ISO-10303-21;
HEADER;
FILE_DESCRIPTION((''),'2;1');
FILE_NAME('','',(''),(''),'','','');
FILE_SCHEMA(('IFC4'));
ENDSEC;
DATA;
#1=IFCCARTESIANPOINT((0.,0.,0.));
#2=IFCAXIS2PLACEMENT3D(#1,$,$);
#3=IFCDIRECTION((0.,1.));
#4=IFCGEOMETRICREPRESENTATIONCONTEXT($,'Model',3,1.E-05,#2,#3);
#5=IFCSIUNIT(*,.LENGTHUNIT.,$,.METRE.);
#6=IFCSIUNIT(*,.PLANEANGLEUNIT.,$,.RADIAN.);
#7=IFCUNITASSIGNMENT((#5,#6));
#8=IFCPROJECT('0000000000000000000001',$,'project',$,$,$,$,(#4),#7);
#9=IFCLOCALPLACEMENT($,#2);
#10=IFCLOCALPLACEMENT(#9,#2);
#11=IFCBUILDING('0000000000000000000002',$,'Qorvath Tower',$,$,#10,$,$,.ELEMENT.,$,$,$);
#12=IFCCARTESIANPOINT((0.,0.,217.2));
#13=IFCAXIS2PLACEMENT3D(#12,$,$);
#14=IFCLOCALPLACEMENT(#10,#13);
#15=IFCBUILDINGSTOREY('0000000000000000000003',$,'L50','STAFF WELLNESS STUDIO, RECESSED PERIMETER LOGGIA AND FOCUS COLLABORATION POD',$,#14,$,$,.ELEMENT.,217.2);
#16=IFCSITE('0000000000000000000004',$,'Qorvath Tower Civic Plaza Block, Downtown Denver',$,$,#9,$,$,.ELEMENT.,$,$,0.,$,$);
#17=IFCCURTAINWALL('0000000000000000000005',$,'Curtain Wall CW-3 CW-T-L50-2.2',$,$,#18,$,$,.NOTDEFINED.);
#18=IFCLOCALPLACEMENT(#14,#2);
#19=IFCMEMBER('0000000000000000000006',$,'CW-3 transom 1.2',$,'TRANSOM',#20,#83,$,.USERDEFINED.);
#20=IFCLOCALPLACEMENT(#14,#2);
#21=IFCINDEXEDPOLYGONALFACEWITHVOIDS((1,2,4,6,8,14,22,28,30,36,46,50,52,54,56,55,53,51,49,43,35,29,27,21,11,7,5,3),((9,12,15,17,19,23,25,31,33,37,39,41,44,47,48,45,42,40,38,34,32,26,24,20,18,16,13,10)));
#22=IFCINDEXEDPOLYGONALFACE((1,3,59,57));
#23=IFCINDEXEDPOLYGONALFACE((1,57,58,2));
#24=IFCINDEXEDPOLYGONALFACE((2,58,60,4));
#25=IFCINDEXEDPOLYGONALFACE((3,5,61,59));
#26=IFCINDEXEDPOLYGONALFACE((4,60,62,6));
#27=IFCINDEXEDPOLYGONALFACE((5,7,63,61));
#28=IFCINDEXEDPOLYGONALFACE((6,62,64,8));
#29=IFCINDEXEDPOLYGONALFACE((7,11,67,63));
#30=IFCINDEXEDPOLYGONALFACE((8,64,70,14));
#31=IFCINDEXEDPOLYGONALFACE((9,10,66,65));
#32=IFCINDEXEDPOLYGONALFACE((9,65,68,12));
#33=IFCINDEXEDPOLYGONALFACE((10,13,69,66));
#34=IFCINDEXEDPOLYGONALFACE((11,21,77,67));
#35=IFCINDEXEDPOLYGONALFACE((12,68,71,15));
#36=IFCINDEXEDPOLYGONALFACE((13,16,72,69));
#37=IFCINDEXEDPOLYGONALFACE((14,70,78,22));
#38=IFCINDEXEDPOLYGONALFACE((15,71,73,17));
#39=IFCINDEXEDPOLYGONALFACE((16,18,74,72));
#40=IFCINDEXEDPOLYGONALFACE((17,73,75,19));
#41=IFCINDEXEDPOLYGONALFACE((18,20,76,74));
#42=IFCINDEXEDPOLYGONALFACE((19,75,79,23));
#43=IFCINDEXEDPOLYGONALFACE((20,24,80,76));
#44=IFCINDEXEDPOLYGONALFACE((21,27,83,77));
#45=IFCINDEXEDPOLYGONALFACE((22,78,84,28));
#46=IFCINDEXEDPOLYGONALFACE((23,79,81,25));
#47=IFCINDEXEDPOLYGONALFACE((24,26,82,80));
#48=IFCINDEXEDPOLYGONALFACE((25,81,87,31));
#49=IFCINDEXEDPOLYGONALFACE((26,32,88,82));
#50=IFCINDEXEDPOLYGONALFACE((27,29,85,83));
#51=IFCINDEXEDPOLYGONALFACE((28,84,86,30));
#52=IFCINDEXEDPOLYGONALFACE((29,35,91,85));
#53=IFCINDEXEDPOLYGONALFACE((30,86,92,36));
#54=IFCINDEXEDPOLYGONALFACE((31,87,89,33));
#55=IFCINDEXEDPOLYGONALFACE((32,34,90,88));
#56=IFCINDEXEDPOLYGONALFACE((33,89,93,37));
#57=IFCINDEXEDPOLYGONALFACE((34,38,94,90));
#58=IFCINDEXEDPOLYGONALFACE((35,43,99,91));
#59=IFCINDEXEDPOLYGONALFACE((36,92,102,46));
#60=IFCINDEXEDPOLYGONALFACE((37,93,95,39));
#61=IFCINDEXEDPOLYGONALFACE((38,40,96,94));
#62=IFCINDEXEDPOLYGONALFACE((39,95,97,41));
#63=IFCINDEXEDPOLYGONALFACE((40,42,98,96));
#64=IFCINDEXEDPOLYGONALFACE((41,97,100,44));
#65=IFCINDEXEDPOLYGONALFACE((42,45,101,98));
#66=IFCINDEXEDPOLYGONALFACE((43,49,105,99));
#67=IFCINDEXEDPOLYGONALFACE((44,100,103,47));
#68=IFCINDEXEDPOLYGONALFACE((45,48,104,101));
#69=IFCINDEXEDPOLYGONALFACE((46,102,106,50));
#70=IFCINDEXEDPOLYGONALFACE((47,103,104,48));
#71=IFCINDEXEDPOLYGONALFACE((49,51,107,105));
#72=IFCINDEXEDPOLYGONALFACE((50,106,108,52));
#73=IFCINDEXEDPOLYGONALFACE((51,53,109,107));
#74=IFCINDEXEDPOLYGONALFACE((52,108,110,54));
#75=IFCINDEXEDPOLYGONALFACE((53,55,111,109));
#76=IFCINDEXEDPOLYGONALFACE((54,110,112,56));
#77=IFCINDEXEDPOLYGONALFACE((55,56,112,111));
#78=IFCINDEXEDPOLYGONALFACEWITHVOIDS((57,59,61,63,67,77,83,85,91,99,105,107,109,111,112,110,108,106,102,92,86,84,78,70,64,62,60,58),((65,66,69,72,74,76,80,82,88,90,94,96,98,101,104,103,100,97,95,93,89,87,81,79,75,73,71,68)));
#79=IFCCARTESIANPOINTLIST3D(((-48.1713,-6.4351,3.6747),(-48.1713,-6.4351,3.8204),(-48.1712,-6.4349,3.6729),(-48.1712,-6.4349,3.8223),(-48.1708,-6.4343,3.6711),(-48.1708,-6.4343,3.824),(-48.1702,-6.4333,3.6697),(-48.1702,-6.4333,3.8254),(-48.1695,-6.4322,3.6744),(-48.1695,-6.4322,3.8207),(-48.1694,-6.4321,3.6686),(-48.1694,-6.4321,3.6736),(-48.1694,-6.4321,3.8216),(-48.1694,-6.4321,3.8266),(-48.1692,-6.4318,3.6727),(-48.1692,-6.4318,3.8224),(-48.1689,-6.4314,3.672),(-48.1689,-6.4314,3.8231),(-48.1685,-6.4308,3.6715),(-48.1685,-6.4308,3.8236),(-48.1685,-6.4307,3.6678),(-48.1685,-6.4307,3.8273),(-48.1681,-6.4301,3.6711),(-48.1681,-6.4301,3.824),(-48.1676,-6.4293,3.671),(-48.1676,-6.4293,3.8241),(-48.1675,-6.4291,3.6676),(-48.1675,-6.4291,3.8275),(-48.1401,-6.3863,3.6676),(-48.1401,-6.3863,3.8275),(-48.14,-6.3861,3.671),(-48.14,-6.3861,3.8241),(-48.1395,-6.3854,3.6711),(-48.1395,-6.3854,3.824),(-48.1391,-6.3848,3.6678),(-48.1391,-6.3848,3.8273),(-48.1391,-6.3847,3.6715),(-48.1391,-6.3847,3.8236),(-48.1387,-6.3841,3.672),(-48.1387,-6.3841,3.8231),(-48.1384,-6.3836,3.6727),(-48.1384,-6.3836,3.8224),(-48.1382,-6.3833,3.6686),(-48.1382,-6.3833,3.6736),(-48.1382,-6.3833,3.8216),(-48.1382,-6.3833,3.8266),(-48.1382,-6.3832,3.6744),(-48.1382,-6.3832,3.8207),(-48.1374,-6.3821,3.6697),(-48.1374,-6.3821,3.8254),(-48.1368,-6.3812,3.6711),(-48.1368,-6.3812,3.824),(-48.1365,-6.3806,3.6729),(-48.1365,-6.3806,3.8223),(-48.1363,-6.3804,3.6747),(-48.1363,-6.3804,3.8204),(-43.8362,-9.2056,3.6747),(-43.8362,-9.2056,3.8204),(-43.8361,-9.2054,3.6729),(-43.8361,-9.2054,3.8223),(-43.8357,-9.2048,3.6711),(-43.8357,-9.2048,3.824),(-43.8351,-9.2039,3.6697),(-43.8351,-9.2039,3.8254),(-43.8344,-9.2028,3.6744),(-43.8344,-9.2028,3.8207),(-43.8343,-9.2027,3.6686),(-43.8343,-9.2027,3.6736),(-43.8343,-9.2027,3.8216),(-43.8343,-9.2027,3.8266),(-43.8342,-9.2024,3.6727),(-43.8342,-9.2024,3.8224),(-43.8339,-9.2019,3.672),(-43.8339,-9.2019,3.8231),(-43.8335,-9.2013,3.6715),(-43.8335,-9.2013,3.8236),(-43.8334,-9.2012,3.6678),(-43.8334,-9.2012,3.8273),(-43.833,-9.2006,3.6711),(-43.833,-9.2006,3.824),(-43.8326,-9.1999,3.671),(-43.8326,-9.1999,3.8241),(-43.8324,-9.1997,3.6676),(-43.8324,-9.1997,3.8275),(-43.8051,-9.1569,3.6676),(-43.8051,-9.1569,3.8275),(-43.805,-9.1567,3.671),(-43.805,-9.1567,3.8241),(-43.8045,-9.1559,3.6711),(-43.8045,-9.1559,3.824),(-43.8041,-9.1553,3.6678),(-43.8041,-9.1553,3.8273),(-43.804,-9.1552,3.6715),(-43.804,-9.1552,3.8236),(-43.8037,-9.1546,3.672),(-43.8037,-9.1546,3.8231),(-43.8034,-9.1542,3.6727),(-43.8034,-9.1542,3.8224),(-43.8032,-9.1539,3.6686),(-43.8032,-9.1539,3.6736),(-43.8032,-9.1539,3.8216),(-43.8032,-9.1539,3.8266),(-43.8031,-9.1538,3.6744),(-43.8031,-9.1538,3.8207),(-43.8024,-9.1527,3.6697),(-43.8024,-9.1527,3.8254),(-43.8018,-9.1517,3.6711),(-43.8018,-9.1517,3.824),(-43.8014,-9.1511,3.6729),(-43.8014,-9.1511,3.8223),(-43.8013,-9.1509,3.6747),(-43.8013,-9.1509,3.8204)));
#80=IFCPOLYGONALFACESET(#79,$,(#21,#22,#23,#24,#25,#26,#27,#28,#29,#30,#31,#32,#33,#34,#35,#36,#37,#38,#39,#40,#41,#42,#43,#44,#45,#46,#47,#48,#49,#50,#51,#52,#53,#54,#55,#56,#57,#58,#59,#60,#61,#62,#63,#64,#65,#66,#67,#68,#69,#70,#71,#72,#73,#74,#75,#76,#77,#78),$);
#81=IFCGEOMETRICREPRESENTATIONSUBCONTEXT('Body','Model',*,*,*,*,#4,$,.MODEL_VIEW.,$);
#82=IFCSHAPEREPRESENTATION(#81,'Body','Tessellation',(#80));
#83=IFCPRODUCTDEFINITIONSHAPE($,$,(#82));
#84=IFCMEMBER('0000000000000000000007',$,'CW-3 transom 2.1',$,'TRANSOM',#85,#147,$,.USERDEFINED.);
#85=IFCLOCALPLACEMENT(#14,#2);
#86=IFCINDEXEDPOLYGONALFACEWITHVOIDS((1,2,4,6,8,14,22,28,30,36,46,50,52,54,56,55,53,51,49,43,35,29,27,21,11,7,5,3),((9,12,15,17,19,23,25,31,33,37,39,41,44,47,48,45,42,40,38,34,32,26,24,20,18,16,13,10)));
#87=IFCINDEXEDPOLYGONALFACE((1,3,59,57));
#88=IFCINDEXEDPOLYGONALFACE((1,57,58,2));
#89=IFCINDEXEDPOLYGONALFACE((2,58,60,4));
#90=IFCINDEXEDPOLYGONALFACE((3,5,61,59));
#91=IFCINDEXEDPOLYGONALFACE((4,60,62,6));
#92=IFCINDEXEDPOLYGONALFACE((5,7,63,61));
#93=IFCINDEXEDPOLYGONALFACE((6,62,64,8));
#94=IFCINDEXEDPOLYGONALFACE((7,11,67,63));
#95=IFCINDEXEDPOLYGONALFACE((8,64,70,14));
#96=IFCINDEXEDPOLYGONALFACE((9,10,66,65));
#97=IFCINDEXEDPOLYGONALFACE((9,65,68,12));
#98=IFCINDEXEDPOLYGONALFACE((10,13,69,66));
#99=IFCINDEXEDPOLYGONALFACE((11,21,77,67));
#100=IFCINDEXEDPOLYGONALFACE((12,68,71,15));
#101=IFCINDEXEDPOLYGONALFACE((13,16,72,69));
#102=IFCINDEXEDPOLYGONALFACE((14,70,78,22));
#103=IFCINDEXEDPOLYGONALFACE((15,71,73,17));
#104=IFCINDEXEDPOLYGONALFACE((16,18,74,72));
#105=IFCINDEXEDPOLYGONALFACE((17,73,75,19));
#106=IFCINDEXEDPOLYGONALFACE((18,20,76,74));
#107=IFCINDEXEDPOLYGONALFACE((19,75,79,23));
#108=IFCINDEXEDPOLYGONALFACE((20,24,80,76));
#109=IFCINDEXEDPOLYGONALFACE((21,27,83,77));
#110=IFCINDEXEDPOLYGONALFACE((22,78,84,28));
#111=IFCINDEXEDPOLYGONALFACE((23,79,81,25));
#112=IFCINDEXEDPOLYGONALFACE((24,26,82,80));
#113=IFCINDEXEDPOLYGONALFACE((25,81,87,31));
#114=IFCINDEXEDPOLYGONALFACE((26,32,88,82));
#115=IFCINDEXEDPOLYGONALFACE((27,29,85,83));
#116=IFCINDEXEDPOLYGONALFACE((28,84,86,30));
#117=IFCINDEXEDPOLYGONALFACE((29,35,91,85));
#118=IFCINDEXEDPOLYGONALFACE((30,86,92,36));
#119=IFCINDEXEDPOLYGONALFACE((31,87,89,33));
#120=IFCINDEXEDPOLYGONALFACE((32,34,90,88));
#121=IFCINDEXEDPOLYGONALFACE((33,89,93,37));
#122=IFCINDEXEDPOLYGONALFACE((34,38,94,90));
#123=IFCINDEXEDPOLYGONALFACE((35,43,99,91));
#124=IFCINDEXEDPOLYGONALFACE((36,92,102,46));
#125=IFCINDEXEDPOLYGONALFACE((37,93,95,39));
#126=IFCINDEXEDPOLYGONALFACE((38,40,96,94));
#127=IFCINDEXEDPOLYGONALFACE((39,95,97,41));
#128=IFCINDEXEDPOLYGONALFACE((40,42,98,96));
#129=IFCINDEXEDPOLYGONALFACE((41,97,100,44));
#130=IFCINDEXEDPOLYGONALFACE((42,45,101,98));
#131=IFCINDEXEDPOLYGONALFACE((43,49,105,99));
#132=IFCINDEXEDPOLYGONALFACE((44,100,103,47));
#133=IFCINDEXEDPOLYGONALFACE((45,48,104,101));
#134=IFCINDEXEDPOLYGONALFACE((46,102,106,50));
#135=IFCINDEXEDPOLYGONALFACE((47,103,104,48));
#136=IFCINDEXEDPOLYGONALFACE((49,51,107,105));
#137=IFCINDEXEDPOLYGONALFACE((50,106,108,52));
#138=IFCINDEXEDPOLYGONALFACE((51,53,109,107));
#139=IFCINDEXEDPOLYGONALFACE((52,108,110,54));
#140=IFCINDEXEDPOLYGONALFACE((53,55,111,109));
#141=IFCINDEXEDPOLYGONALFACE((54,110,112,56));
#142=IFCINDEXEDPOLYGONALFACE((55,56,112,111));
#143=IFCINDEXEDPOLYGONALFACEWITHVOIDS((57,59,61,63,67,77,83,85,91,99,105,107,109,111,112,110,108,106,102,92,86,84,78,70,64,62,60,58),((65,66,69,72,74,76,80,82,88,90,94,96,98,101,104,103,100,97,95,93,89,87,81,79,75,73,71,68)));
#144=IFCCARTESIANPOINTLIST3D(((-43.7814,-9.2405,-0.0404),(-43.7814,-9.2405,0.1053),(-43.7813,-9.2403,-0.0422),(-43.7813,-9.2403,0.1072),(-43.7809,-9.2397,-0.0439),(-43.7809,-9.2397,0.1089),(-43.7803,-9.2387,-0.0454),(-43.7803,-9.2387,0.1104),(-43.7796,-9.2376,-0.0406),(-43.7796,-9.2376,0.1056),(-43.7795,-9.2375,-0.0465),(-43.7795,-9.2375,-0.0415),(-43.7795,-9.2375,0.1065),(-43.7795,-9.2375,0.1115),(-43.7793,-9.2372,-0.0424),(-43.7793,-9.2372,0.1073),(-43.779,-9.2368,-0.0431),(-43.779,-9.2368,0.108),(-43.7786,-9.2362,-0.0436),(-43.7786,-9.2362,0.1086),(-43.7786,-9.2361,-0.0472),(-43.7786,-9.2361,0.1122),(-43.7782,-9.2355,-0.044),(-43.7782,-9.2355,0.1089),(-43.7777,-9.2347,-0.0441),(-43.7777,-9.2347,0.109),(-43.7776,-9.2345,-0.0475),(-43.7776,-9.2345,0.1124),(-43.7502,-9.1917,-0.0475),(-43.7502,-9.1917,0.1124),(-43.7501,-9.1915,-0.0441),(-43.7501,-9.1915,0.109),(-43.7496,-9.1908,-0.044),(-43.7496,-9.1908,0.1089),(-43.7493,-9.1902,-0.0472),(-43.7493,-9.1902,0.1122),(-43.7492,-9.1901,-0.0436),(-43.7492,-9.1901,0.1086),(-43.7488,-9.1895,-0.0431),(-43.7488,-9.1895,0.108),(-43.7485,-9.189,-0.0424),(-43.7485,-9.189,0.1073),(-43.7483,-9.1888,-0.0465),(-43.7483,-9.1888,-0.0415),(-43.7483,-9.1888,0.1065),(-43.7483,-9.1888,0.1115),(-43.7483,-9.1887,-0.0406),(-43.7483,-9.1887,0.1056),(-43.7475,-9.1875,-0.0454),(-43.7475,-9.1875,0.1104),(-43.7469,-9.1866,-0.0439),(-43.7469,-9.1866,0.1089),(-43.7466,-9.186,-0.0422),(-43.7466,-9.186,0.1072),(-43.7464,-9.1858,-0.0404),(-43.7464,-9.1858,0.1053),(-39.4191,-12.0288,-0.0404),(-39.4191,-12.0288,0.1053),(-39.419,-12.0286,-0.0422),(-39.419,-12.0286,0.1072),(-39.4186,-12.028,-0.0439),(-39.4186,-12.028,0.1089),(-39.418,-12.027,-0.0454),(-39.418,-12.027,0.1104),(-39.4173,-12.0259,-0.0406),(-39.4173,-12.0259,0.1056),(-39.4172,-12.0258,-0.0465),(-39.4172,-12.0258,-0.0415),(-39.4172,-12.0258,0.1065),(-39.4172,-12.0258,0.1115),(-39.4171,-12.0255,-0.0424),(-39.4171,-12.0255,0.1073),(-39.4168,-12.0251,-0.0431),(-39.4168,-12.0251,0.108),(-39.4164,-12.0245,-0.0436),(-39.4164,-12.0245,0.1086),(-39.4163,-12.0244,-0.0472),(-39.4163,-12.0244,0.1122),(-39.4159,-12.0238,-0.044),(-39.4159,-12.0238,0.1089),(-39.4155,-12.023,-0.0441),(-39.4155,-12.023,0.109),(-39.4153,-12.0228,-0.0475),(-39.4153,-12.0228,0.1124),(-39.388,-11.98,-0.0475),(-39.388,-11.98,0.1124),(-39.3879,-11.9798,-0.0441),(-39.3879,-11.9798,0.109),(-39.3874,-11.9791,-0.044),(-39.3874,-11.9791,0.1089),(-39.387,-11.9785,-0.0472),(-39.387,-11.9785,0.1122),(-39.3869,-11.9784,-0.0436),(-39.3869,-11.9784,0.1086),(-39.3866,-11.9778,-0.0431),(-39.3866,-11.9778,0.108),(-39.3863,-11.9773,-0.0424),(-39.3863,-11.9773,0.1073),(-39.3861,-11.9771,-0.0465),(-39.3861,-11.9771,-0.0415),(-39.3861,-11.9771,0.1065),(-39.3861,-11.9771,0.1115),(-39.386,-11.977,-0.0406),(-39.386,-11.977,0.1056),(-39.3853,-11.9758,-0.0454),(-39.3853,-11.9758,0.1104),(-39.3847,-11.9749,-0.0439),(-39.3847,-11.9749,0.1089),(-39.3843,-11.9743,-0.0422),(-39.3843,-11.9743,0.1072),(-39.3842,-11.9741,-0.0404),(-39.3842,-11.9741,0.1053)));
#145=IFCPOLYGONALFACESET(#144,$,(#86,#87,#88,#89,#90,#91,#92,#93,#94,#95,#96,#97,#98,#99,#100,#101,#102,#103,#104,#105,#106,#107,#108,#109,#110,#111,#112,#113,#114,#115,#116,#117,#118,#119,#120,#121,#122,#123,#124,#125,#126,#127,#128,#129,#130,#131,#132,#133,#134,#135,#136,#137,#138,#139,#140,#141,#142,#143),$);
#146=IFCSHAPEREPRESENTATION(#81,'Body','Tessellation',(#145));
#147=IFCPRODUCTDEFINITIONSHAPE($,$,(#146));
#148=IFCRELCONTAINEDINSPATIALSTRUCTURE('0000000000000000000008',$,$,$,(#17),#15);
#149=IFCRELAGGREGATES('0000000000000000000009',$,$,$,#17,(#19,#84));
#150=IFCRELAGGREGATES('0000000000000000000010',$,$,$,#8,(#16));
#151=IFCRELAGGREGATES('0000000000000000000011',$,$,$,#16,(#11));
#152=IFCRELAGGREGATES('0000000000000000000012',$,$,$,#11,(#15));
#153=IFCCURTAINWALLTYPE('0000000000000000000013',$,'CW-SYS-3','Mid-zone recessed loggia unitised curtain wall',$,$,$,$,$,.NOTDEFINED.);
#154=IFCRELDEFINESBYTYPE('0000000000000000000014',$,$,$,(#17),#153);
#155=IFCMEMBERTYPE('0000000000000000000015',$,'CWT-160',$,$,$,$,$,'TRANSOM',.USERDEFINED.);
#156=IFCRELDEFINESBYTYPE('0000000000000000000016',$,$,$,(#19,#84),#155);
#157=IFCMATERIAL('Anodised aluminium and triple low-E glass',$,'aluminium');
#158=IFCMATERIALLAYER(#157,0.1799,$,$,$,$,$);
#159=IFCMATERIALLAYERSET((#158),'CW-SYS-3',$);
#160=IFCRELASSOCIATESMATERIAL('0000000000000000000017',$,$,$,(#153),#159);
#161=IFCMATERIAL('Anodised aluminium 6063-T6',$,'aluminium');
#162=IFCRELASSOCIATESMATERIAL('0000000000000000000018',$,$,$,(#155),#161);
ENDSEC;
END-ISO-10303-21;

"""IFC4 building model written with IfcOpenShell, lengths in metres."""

from ifc_helpers import new_model, si_unit, direction, frame, origin, origin_2d, place, context, subcontext, project, spatial, hollow_rectangle, extrude, material, layer, layer_set, material_profile, profile_set, type_object, element, aggregate, save


model = new_model("IFC4")

# Units and contexts
model_context = context("Model", 3, precision=1e-05, world=origin(), true_north=direction((0.0, 1.0)))
body_context = subcontext(model_context, "Body", "Model", "MODEL_VIEW")
ifc_project = project(units=[si_unit("LENGTHUNIT", "METRE"), si_unit("PLANEANGLEUNIT", "RADIAN")], contexts=[model_context])

# Site, building, storey
site_placement = place(None, origin())
site = spatial("IfcSite", under=ifc_project, at=site_placement, Name="Qorvath Tower Civic Plaza Block, Downtown Denver", CompositionType="ELEMENT", RefElevation=0.0)
building_placement = place(site_placement, origin())
building = spatial("IfcBuilding", under=site, at=building_placement, Name="Qorvath Tower", CompositionType="ELEMENT")
storey_placement = place(building_placement, frame((0.0, 0.0, 217.2)))
storey = spatial("IfcBuildingStorey", under=building, at=storey_placement, Name="L50", Description="STAFF WELLNESS STUDIO, RECESSED PERIMETER LOGGIA AND FOCUS COLLABORATION POD", CompositionType="ELEMENT", Elevation=217.2)

# Curtain wall
ifc_material_1 = material(Name="Anodised aluminium and triple low-E glass", Category="aluminium")
ifc_layer_1 = layer(ifc_material_1, 0.1799)
ifc_layer_set_1 = layer_set([ifc_layer_1], Name="CW-SYS-3")
curtain_wall_type = type_object("IfcCurtainWallType", Name="CW-SYS-3", Description="Mid-zone recessed loggia unitised curtain wall", PredefinedType="NOTDEFINED", material=ifc_layer_set_1)
curtain_wall_1_placement = place(storey_placement, origin())
curtain_wall_1 = element("IfcCurtainWall", 1, at=curtain_wall_1_placement, inside=storey, type_object=curtain_wall_type, Name="Curtain Wall CW-3 CW-T-L50-2.2", PredefinedType="NOTDEFINED")

# Members
ifc_material_2 = material(Name="Anodised aluminium 6063-T6", Category="aluminium")
ifc_material_profile_1 = material_profile(ifc_material_2, hollow_rectangle(XDim=0.0649, YDim=0.1599, WallThickness=0.0034, InnerFilletRadius=0.0034, OuterFilletRadius=0.0071, at=origin_2d()), Name="CWT 160x65")
ifc_profile_set_1 = profile_set([ifc_material_profile_1], Name="Anodised aluminium 6063-T6")
member_type_1 = type_object("IfcMemberType", Name="CWT-160", ElementType="TRANSOM", PredefinedType="USERDEFINED", material=ifc_profile_set_1)
member_1_placement = place(storey_placement, frame((-48.1538, -6.4077, 3.7476), z_axis=(0.842613, -0.53852, 0.0), x_axis=(0.53852, 0.842613, 0.0)))
member_1 = element("IfcMember", 2, at=member_1_placement, type_object=member_type_1, Name="CW-3 transom 1.2", ObjectType="TRANSOM", PredefinedType="USERDEFINED", context=body_context, shape_type="SweptSolid", body=[
    extrude(hollow_rectangle(XDim=0.0649, YDim=0.1599, WallThickness=0.0034, InnerFilletRadius=0.0034, OuterFilletRadius=0.0071, at=origin_2d()), origin(), (0.0, 0.0, 1.0), 5.1448),
])
member_2_placement = place(storey_placement, frame((-43.7639, -9.2131, 0.0325), z_axis=(0.842582, -0.538568, 0.0), x_axis=(0.538568, 0.842582, 0.0)))
member_2 = element("IfcMember", 3, at=member_2_placement, type_object=member_type_1, Name="CW-3 transom 2.1", ObjectType="TRANSOM", PredefinedType="USERDEFINED", context=body_context, shape_type="SweptSolid", body=[
    extrude(hollow_rectangle(XDim=0.0649, YDim=0.1599, WallThickness=0.0034, InnerFilletRadius=0.0034, OuterFilletRadius=0.0071, at=origin_2d()), origin(), (0.0, 0.0, 1.0), 5.1772),
])

aggregate(curtain_wall_1, [member_1, member_2])

save(model, "model.ifc")
